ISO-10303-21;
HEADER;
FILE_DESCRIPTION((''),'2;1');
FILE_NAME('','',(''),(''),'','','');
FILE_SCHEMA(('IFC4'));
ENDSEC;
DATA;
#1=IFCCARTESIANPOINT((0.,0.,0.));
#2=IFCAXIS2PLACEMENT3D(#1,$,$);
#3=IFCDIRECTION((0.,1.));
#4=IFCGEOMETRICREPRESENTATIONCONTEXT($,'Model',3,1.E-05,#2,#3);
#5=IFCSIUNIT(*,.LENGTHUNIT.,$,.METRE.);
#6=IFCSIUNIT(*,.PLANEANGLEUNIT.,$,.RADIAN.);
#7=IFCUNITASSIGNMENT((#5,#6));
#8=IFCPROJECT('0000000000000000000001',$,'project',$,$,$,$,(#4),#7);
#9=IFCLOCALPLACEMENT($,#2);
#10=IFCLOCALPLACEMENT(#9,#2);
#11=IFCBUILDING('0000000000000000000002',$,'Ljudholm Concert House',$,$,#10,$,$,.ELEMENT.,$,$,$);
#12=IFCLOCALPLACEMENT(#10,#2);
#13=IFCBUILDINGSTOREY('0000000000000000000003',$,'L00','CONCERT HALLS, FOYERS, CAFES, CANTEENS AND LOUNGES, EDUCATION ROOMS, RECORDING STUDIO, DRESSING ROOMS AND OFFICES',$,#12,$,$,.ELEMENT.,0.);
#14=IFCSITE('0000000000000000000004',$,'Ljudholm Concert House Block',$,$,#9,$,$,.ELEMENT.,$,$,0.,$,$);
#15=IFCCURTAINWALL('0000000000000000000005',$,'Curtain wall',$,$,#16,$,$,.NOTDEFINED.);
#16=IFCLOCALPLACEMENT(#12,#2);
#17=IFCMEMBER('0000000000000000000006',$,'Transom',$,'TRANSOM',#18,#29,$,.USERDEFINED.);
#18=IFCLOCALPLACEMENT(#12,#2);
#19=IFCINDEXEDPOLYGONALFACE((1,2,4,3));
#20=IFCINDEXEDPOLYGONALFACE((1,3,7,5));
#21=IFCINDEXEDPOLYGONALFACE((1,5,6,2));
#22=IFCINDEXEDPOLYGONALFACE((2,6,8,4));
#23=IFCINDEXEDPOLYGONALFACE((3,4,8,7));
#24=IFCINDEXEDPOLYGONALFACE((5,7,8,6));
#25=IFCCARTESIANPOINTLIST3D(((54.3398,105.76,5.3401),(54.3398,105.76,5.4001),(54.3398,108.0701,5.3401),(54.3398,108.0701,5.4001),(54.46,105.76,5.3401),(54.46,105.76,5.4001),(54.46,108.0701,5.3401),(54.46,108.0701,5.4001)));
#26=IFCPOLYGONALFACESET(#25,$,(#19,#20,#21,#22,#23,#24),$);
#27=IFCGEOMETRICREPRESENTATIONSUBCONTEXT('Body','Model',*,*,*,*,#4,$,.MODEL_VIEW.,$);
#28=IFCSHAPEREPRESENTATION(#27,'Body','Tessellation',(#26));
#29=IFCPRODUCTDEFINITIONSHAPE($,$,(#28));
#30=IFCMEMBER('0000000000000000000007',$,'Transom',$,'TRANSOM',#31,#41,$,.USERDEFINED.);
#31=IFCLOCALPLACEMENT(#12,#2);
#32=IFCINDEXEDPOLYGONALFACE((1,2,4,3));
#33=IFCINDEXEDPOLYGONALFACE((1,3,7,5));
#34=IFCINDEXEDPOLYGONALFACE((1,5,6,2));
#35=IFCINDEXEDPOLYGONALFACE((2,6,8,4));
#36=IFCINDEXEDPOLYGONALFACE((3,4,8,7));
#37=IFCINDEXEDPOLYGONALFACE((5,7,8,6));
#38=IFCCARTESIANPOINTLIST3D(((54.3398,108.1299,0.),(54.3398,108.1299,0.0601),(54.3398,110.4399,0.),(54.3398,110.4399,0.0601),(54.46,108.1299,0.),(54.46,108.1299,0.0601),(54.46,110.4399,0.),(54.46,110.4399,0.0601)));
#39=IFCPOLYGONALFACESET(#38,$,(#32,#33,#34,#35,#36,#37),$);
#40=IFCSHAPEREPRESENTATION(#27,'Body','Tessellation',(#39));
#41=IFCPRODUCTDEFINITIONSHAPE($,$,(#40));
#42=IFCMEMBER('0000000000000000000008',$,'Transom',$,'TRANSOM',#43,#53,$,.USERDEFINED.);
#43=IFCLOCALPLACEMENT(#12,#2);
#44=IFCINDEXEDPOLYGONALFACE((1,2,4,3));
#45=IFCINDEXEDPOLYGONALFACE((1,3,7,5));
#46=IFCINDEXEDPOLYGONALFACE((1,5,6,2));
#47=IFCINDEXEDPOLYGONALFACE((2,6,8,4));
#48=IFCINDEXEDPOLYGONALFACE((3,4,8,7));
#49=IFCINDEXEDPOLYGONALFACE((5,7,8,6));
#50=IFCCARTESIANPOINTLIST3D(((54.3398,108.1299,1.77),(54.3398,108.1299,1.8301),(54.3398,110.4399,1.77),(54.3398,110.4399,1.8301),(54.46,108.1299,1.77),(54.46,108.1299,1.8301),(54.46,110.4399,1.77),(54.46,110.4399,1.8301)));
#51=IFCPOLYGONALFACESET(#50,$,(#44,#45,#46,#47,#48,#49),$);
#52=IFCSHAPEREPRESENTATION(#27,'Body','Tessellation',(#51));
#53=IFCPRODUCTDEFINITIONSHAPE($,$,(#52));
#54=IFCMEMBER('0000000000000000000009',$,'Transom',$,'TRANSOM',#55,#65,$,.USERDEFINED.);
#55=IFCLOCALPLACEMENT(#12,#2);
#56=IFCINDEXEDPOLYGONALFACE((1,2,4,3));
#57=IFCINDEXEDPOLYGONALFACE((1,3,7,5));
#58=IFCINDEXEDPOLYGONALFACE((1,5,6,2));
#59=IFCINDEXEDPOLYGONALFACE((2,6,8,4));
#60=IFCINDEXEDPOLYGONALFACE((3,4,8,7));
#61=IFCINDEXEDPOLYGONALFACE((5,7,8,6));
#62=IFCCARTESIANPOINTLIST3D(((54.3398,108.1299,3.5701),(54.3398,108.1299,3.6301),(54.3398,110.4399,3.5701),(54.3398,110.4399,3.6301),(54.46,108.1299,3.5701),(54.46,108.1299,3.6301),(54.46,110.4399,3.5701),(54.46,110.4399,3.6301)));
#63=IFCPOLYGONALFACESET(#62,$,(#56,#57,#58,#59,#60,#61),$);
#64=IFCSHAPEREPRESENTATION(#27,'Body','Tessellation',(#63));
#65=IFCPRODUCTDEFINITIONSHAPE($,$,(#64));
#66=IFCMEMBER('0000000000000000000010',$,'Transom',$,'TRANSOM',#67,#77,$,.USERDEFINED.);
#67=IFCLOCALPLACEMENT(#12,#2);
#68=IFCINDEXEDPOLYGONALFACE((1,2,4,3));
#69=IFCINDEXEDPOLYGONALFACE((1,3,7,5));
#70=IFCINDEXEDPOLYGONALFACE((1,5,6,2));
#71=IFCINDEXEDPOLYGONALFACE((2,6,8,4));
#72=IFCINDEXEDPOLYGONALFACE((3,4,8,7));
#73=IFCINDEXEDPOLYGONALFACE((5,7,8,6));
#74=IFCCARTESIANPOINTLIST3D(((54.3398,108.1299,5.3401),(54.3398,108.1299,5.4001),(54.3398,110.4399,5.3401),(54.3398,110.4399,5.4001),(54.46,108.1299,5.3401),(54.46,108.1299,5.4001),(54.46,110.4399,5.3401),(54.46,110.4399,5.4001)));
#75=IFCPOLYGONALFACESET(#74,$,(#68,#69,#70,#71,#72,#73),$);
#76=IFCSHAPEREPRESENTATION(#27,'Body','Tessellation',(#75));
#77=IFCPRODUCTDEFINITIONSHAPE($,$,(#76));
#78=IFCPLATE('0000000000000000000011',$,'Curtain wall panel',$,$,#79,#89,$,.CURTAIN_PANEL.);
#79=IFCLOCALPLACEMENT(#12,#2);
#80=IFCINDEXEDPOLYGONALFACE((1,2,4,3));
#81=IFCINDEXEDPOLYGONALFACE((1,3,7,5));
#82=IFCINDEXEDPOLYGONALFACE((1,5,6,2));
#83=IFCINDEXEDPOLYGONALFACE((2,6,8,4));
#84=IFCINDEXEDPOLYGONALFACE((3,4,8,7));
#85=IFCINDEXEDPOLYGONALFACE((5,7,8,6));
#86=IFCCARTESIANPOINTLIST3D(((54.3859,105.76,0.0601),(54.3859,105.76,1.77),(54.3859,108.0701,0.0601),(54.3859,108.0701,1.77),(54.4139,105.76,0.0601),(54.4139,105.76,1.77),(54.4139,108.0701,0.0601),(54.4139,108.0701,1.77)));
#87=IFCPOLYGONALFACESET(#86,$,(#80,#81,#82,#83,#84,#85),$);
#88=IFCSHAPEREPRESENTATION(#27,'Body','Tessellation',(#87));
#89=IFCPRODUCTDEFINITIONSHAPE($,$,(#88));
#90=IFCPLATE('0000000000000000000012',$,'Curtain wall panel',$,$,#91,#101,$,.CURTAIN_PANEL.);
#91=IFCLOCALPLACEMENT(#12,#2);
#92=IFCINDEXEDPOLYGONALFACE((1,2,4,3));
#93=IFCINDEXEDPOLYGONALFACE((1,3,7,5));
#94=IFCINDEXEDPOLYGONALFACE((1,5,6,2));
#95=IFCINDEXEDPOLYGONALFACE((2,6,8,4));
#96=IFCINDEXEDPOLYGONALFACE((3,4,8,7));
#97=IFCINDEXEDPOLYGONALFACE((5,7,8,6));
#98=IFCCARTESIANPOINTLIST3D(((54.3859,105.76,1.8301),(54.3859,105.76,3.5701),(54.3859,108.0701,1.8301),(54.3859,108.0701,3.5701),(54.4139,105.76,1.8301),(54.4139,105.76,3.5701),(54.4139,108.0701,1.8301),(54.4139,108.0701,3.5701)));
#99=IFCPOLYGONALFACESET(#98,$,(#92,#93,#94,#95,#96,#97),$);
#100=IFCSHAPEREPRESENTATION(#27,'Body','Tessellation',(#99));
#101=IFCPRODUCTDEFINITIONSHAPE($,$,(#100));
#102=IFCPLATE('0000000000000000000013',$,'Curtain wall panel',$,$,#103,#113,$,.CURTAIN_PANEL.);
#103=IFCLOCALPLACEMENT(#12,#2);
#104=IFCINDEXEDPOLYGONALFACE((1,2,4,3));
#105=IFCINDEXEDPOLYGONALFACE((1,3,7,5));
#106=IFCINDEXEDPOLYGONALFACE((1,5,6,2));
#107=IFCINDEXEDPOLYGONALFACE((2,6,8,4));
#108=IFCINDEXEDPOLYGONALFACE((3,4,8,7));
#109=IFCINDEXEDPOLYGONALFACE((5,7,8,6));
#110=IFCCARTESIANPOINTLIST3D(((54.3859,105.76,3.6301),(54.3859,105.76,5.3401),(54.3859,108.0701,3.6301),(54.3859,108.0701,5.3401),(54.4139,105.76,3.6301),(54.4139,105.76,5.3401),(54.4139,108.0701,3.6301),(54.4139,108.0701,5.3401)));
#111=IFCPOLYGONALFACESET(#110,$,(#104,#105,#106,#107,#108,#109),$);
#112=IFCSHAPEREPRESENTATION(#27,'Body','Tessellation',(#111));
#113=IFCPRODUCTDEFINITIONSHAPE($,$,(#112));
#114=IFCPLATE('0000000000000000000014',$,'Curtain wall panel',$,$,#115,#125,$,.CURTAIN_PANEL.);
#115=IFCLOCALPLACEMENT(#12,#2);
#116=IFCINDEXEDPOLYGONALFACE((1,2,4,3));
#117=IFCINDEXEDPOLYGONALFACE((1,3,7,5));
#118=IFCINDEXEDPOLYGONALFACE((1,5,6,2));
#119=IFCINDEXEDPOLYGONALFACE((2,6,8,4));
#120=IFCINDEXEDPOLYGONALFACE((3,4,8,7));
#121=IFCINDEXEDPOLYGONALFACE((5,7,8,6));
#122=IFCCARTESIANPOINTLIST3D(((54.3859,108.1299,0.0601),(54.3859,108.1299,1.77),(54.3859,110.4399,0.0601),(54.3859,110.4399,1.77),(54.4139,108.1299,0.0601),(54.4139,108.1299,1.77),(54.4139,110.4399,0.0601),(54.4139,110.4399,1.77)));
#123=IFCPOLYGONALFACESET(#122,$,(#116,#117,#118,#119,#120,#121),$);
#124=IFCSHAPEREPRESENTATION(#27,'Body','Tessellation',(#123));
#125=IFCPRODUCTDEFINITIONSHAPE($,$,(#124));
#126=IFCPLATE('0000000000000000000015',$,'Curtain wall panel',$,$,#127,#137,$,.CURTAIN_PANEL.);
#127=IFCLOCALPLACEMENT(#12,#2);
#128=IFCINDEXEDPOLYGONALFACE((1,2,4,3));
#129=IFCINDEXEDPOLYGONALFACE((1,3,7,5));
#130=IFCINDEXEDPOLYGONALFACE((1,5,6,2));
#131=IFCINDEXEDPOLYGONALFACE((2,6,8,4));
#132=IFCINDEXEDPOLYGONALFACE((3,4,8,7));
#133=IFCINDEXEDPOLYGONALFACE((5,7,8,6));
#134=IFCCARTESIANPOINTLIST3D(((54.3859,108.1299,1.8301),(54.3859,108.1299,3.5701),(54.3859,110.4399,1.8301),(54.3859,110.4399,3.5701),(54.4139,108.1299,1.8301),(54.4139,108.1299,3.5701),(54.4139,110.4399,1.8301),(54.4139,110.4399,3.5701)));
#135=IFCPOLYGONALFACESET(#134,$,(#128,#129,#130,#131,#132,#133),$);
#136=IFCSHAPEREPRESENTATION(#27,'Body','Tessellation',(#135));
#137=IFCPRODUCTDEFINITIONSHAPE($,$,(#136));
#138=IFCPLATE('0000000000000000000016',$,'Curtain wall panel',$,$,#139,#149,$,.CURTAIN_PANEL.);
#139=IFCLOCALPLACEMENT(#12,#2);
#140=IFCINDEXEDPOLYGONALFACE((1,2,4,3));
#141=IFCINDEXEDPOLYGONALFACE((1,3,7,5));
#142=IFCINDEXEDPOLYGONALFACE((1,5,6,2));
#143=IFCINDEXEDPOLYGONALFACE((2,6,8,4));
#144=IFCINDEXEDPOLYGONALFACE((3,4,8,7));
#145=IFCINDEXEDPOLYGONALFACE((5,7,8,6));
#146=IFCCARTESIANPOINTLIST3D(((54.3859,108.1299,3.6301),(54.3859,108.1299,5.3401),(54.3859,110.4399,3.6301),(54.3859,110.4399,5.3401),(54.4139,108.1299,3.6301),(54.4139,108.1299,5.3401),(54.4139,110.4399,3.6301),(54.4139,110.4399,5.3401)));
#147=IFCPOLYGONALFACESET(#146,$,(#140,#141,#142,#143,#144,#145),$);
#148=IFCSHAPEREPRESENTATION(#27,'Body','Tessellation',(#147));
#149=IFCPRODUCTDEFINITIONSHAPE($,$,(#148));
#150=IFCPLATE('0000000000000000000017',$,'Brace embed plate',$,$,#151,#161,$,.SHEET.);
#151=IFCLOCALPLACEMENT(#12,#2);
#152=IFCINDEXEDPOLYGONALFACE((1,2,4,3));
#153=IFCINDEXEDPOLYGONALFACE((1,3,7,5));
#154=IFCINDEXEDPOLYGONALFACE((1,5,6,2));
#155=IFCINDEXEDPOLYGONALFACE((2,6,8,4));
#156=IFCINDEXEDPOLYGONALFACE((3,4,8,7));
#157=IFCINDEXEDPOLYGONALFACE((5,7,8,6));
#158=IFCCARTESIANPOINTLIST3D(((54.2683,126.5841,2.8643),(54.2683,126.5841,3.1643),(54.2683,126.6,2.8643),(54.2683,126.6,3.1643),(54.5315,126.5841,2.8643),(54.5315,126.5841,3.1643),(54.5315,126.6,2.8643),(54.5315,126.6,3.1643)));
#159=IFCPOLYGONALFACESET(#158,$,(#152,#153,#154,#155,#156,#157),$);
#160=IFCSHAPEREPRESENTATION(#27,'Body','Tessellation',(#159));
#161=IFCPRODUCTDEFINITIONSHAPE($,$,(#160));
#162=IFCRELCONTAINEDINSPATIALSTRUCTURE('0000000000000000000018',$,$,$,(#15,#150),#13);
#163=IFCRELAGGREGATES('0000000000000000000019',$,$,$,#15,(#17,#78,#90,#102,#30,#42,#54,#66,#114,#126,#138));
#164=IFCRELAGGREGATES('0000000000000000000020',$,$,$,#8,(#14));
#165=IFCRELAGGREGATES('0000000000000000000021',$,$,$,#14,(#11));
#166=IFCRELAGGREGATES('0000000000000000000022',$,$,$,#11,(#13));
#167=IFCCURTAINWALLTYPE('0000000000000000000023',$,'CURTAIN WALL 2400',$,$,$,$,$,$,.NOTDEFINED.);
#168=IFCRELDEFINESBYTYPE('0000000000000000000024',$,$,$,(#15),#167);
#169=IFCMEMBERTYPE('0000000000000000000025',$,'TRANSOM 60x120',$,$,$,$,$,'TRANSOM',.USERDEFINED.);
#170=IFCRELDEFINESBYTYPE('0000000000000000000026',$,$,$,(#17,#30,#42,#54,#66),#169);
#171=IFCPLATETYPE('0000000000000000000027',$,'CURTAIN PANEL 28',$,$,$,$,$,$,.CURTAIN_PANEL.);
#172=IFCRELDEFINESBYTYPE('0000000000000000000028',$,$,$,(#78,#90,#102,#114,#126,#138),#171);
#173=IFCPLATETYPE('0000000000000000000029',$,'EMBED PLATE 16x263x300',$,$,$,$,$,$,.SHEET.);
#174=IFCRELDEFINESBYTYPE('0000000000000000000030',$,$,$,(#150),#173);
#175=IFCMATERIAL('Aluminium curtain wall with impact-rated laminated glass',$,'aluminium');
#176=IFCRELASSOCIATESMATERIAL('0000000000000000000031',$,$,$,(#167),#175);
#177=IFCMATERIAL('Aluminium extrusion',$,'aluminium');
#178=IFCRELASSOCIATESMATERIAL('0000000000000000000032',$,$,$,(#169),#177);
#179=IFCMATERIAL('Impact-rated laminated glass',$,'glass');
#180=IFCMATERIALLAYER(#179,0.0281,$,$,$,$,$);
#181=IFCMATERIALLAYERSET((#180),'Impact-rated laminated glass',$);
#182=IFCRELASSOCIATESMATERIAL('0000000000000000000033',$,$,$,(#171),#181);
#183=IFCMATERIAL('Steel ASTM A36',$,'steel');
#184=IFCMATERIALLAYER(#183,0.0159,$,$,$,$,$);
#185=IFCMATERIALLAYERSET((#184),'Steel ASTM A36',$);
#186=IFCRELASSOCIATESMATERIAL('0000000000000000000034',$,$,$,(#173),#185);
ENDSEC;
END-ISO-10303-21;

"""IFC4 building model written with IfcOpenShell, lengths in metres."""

from ifc_helpers import new_model, si_unit, direction, frame, origin, origin_2d, place, context, subcontext, project, spatial, rectangle, extrude, material, layer, layer_set, material_profile, profile_set, type_object, element, aggregate, save


model = new_model("IFC4")

# Units and contexts
model_context = context("Model", 3, precision=1e-05, world=origin(), true_north=direction((0.0, 1.0)))
body_context = subcontext(model_context, "Body", "Model", "MODEL_VIEW")
ifc_project = project(units=[si_unit("LENGTHUNIT", "METRE"), si_unit("PLANEANGLEUNIT", "RADIAN")], contexts=[model_context])

# Site, building, storey
site_placement = place(None, origin())
site = spatial("IfcSite", under=ifc_project, at=site_placement, Name="Ljudholm Concert House Block", CompositionType="ELEMENT", RefElevation=0.0)
building_placement = place(site_placement, origin())
building = spatial("IfcBuilding", under=site, at=building_placement, Name="Ljudholm Concert House", CompositionType="ELEMENT")
storey_placement = place(building_placement, origin())
storey = spatial("IfcBuildingStorey", under=building, at=storey_placement, Name="L00", Description="CONCERT HALLS, FOYERS, CAFES, CANTEENS AND LOUNGES, EDUCATION ROOMS, RECORDING STUDIO, DRESSING ROOMS AND OFFICES", CompositionType="ELEMENT", Elevation=0.0)

# Curtain wall
ifc_material_1 = material(Name="Aluminium curtain wall with impact-rated laminated glass", Category="aluminium")
curtain_wall_type = type_object("IfcCurtainWallType", Name="CURTAIN WALL 2400", PredefinedType="NOTDEFINED", material=ifc_material_1)
curtain_wall_placement = place(storey_placement, origin())
curtain_wall = element("IfcCurtainWall", 1, at=curtain_wall_placement, inside=storey, type_object=curtain_wall_type, Name="Curtain wall", PredefinedType="NOTDEFINED")

# Members
ifc_material_2 = material(Name="Aluminium extrusion", Category="aluminium")
ifc_material_profile_1 = material_profile(ifc_material_2, rectangle(XDim=0.1201, YDim=0.0601, at=origin_2d()), Name="TRANSOM 60x120")
ifc_profile_set_1 = profile_set([ifc_material_profile_1], Name="Aluminium extrusion")
member_type_1 = type_object("IfcMemberType", Name="TRANSOM 60x120", ElementType="TRANSOM", PredefinedType="USERDEFINED", material=ifc_profile_set_1)
member_1_placement = place(storey_placement, frame((54.3999, 105.76, 5.3701), z_axis=(0.0, 1.0, 0.0), x_axis=(-1.0, 0.0, 0.0)))
member_1 = element("IfcMember", 2, at=member_1_placement, type_object=member_type_1, Name="Transom", ObjectType="TRANSOM", PredefinedType="USERDEFINED", context=body_context, shape_type="SweptSolid", body=[
    extrude(rectangle(XDim=0.1201, YDim=0.0601, at=origin_2d()), origin(), (0.0, 0.0, 1.0), 2.3101),
])
member_2_placement = place(storey_placement, frame((54.3999, 108.1299, 0.03), z_axis=(0.0, 1.0, 0.0), x_axis=(-1.0, 0.0, 0.0)))
member_2 = element("IfcMember", 3, at=member_2_placement, type_object=member_type_1, Name="Transom", ObjectType="TRANSOM", PredefinedType="USERDEFINED", context=body_context, shape_type="SweptSolid", body=[
    extrude(rectangle(XDim=0.1201, YDim=0.0601, at=origin_2d()), origin(), (0.0, 0.0, 1.0), 2.3101),
])
member_3_placement = place(storey_placement, frame((54.3999, 108.1299, 1.8), z_axis=(0.0, 1.0, 0.0), x_axis=(-1.0, 0.0, 0.0)))
member_3 = element("IfcMember", 4, at=member_3_placement, type_object=member_type_1, Name="Transom", ObjectType="TRANSOM", PredefinedType="USERDEFINED", context=body_context, shape_type="SweptSolid", body=[
    extrude(rectangle(XDim=0.1201, YDim=0.0601, at=origin_2d()), origin(), (0.0, 0.0, 1.0), 2.3101),
])
member_4_placement = place(storey_placement, frame((54.3999, 108.1299, 3.6001), z_axis=(0.0, 1.0, 0.0), x_axis=(-1.0, 0.0, 0.0)))
member_4 = element("IfcMember", 5, at=member_4_placement, type_object=member_type_1, Name="Transom", ObjectType="TRANSOM", PredefinedType="USERDEFINED", context=body_context, shape_type="SweptSolid", body=[
    extrude(rectangle(XDim=0.1201, YDim=0.0601, at=origin_2d()), origin(), (0.0, 0.0, 1.0), 2.3101),
])
member_5_placement = place(storey_placement, frame((54.3999, 108.1299, 5.3701), z_axis=(0.0, 1.0, 0.0), x_axis=(-1.0, 0.0, 0.0)))
member_5 = element("IfcMember", 6, at=member_5_placement, type_object=member_type_1, Name="Transom", ObjectType="TRANSOM", PredefinedType="USERDEFINED", context=body_context, shape_type="SweptSolid", body=[
    extrude(rectangle(XDim=0.1201, YDim=0.0601, at=origin_2d()), origin(), (0.0, 0.0, 1.0), 2.3101),
])

# Plates
ifc_material_3 = material(Name="Impact-rated laminated glass", Category="glass")
ifc_layer_1 = layer(ifc_material_3, 0.0281)
ifc_layer_set_1 = layer_set([ifc_layer_1], Name="Impact-rated laminated glass")
plate_type_1 = type_object("IfcPlateType", Name="CURTAIN PANEL 28", PredefinedType="CURTAIN_PANEL", material=ifc_layer_set_1)
plate_1_placement = place(storey_placement, frame((54.3999, 106.915, 0.0601), z_axis=(0.0, 0.0, 1.0), x_axis=(0.0, 1.0, 0.0)))
plate_1 = element("IfcPlate", 7, at=plate_1_placement, type_object=plate_type_1, Name="Curtain wall panel", PredefinedType="CURTAIN_PANEL", context=body_context, shape_type="SweptSolid", body=[
    extrude(rectangle(XDim=2.3101, YDim=0.0281, at=origin_2d()), origin(), (0.0, 0.0, 1.0), 1.71),
])
plate_2_placement = place(storey_placement, frame((54.3999, 106.915, 1.8301), z_axis=(0.0, 0.0, 1.0), x_axis=(0.0, 1.0, 0.0)))
plate_2 = element("IfcPlate", 8, at=plate_2_placement, type_object=plate_type_1, Name="Curtain wall panel", PredefinedType="CURTAIN_PANEL", context=body_context, shape_type="SweptSolid", body=[
    extrude(rectangle(XDim=2.3101, YDim=0.0281, at=origin_2d()), origin(), (0.0, 0.0, 1.0), 1.74),
])
plate_3_placement = place(storey_placement, frame((54.3999, 106.915, 3.6301), z_axis=(0.0, 0.0, 1.0), x_axis=(0.0, 1.0, 0.0)))
plate_3 = element("IfcPlate", 9, at=plate_3_placement, type_object=plate_type_1, Name="Curtain wall panel", PredefinedType="CURTAIN_PANEL", context=body_context, shape_type="SweptSolid", body=[
    extrude(rectangle(XDim=2.3101, YDim=0.0281, at=origin_2d()), origin(), (0.0, 0.0, 1.0), 1.71),
])
plate_4_placement = place(storey_placement, frame((54.3999, 109.2849, 0.0601), z_axis=(0.0, 0.0, 1.0), x_axis=(0.0, 1.0, 0.0)))
plate_4 = element("IfcPlate", 10, at=plate_4_placement, type_object=plate_type_1, Name="Curtain wall panel", PredefinedType="CURTAIN_PANEL", context=body_context, shape_type="SweptSolid", body=[
    extrude(rectangle(XDim=2.3101, YDim=0.0281, at=origin_2d()), origin(), (0.0, 0.0, 1.0), 1.71),
])
plate_5_placement = place(storey_placement, frame((54.3999, 109.2849, 1.8301), z_axis=(0.0, 0.0, 1.0), x_axis=(0.0, 1.0, 0.0)))
plate_5 = element("IfcPlate", 11, at=plate_5_placement, type_object=plate_type_1, Name="Curtain wall panel", PredefinedType="CURTAIN_PANEL", context=body_context, shape_type="SweptSolid", body=[
    extrude(rectangle(XDim=2.3101, YDim=0.0281, at=origin_2d()), origin(), (0.0, 0.0, 1.0), 1.74),
])
plate_6_placement = place(storey_placement, frame((54.3999, 109.2849, 3.6301), z_axis=(0.0, 0.0, 1.0), x_axis=(0.0, 1.0, 0.0)))
plate_6 = element("IfcPlate", 12, at=plate_6_placement, type_object=plate_type_1, Name="Curtain wall panel", PredefinedType="CURTAIN_PANEL", context=body_context, shape_type="SweptSolid", body=[
    extrude(rectangle(XDim=2.3101, YDim=0.0281, at=origin_2d()), origin(), (0.0, 0.0, 1.0), 1.71),
])
aggregate(curtain_wall, [member_1, plate_1, plate_2, plate_3, member_2, member_3, member_4, member_5, plate_4, plate_5, plate_6])
ifc_material_4 = material(Name="Steel ASTM A36", Category="steel")
ifc_layer_2 = layer(ifc_material_4, 0.0159)
ifc_layer_set_2 = layer_set([ifc_layer_2], Name="Steel ASTM A36")
plate_type_2 = type_object("IfcPlateType", Name="EMBED PLATE 16x263x300", PredefinedType="SHEET", material=ifc_layer_set_2)
plate_7_placement = place(storey_placement, frame((54.3999, 126.592, 2.8643), z_axis=(0.0, 0.0, 1.0), x_axis=(1.0, 0.0, 0.0)))
element("IfcPlate", 13, at=plate_7_placement, inside=storey, type_object=plate_type_2, Name="Brace embed plate", PredefinedType="SHEET", context=body_context, shape_type="SweptSolid", body=[
    extrude(rectangle(XDim=0.2632, YDim=0.0159, at=origin_2d()), origin(), (0.0, 0.0, 1.0), 0.3),
])

save(model, "model.ifc")
